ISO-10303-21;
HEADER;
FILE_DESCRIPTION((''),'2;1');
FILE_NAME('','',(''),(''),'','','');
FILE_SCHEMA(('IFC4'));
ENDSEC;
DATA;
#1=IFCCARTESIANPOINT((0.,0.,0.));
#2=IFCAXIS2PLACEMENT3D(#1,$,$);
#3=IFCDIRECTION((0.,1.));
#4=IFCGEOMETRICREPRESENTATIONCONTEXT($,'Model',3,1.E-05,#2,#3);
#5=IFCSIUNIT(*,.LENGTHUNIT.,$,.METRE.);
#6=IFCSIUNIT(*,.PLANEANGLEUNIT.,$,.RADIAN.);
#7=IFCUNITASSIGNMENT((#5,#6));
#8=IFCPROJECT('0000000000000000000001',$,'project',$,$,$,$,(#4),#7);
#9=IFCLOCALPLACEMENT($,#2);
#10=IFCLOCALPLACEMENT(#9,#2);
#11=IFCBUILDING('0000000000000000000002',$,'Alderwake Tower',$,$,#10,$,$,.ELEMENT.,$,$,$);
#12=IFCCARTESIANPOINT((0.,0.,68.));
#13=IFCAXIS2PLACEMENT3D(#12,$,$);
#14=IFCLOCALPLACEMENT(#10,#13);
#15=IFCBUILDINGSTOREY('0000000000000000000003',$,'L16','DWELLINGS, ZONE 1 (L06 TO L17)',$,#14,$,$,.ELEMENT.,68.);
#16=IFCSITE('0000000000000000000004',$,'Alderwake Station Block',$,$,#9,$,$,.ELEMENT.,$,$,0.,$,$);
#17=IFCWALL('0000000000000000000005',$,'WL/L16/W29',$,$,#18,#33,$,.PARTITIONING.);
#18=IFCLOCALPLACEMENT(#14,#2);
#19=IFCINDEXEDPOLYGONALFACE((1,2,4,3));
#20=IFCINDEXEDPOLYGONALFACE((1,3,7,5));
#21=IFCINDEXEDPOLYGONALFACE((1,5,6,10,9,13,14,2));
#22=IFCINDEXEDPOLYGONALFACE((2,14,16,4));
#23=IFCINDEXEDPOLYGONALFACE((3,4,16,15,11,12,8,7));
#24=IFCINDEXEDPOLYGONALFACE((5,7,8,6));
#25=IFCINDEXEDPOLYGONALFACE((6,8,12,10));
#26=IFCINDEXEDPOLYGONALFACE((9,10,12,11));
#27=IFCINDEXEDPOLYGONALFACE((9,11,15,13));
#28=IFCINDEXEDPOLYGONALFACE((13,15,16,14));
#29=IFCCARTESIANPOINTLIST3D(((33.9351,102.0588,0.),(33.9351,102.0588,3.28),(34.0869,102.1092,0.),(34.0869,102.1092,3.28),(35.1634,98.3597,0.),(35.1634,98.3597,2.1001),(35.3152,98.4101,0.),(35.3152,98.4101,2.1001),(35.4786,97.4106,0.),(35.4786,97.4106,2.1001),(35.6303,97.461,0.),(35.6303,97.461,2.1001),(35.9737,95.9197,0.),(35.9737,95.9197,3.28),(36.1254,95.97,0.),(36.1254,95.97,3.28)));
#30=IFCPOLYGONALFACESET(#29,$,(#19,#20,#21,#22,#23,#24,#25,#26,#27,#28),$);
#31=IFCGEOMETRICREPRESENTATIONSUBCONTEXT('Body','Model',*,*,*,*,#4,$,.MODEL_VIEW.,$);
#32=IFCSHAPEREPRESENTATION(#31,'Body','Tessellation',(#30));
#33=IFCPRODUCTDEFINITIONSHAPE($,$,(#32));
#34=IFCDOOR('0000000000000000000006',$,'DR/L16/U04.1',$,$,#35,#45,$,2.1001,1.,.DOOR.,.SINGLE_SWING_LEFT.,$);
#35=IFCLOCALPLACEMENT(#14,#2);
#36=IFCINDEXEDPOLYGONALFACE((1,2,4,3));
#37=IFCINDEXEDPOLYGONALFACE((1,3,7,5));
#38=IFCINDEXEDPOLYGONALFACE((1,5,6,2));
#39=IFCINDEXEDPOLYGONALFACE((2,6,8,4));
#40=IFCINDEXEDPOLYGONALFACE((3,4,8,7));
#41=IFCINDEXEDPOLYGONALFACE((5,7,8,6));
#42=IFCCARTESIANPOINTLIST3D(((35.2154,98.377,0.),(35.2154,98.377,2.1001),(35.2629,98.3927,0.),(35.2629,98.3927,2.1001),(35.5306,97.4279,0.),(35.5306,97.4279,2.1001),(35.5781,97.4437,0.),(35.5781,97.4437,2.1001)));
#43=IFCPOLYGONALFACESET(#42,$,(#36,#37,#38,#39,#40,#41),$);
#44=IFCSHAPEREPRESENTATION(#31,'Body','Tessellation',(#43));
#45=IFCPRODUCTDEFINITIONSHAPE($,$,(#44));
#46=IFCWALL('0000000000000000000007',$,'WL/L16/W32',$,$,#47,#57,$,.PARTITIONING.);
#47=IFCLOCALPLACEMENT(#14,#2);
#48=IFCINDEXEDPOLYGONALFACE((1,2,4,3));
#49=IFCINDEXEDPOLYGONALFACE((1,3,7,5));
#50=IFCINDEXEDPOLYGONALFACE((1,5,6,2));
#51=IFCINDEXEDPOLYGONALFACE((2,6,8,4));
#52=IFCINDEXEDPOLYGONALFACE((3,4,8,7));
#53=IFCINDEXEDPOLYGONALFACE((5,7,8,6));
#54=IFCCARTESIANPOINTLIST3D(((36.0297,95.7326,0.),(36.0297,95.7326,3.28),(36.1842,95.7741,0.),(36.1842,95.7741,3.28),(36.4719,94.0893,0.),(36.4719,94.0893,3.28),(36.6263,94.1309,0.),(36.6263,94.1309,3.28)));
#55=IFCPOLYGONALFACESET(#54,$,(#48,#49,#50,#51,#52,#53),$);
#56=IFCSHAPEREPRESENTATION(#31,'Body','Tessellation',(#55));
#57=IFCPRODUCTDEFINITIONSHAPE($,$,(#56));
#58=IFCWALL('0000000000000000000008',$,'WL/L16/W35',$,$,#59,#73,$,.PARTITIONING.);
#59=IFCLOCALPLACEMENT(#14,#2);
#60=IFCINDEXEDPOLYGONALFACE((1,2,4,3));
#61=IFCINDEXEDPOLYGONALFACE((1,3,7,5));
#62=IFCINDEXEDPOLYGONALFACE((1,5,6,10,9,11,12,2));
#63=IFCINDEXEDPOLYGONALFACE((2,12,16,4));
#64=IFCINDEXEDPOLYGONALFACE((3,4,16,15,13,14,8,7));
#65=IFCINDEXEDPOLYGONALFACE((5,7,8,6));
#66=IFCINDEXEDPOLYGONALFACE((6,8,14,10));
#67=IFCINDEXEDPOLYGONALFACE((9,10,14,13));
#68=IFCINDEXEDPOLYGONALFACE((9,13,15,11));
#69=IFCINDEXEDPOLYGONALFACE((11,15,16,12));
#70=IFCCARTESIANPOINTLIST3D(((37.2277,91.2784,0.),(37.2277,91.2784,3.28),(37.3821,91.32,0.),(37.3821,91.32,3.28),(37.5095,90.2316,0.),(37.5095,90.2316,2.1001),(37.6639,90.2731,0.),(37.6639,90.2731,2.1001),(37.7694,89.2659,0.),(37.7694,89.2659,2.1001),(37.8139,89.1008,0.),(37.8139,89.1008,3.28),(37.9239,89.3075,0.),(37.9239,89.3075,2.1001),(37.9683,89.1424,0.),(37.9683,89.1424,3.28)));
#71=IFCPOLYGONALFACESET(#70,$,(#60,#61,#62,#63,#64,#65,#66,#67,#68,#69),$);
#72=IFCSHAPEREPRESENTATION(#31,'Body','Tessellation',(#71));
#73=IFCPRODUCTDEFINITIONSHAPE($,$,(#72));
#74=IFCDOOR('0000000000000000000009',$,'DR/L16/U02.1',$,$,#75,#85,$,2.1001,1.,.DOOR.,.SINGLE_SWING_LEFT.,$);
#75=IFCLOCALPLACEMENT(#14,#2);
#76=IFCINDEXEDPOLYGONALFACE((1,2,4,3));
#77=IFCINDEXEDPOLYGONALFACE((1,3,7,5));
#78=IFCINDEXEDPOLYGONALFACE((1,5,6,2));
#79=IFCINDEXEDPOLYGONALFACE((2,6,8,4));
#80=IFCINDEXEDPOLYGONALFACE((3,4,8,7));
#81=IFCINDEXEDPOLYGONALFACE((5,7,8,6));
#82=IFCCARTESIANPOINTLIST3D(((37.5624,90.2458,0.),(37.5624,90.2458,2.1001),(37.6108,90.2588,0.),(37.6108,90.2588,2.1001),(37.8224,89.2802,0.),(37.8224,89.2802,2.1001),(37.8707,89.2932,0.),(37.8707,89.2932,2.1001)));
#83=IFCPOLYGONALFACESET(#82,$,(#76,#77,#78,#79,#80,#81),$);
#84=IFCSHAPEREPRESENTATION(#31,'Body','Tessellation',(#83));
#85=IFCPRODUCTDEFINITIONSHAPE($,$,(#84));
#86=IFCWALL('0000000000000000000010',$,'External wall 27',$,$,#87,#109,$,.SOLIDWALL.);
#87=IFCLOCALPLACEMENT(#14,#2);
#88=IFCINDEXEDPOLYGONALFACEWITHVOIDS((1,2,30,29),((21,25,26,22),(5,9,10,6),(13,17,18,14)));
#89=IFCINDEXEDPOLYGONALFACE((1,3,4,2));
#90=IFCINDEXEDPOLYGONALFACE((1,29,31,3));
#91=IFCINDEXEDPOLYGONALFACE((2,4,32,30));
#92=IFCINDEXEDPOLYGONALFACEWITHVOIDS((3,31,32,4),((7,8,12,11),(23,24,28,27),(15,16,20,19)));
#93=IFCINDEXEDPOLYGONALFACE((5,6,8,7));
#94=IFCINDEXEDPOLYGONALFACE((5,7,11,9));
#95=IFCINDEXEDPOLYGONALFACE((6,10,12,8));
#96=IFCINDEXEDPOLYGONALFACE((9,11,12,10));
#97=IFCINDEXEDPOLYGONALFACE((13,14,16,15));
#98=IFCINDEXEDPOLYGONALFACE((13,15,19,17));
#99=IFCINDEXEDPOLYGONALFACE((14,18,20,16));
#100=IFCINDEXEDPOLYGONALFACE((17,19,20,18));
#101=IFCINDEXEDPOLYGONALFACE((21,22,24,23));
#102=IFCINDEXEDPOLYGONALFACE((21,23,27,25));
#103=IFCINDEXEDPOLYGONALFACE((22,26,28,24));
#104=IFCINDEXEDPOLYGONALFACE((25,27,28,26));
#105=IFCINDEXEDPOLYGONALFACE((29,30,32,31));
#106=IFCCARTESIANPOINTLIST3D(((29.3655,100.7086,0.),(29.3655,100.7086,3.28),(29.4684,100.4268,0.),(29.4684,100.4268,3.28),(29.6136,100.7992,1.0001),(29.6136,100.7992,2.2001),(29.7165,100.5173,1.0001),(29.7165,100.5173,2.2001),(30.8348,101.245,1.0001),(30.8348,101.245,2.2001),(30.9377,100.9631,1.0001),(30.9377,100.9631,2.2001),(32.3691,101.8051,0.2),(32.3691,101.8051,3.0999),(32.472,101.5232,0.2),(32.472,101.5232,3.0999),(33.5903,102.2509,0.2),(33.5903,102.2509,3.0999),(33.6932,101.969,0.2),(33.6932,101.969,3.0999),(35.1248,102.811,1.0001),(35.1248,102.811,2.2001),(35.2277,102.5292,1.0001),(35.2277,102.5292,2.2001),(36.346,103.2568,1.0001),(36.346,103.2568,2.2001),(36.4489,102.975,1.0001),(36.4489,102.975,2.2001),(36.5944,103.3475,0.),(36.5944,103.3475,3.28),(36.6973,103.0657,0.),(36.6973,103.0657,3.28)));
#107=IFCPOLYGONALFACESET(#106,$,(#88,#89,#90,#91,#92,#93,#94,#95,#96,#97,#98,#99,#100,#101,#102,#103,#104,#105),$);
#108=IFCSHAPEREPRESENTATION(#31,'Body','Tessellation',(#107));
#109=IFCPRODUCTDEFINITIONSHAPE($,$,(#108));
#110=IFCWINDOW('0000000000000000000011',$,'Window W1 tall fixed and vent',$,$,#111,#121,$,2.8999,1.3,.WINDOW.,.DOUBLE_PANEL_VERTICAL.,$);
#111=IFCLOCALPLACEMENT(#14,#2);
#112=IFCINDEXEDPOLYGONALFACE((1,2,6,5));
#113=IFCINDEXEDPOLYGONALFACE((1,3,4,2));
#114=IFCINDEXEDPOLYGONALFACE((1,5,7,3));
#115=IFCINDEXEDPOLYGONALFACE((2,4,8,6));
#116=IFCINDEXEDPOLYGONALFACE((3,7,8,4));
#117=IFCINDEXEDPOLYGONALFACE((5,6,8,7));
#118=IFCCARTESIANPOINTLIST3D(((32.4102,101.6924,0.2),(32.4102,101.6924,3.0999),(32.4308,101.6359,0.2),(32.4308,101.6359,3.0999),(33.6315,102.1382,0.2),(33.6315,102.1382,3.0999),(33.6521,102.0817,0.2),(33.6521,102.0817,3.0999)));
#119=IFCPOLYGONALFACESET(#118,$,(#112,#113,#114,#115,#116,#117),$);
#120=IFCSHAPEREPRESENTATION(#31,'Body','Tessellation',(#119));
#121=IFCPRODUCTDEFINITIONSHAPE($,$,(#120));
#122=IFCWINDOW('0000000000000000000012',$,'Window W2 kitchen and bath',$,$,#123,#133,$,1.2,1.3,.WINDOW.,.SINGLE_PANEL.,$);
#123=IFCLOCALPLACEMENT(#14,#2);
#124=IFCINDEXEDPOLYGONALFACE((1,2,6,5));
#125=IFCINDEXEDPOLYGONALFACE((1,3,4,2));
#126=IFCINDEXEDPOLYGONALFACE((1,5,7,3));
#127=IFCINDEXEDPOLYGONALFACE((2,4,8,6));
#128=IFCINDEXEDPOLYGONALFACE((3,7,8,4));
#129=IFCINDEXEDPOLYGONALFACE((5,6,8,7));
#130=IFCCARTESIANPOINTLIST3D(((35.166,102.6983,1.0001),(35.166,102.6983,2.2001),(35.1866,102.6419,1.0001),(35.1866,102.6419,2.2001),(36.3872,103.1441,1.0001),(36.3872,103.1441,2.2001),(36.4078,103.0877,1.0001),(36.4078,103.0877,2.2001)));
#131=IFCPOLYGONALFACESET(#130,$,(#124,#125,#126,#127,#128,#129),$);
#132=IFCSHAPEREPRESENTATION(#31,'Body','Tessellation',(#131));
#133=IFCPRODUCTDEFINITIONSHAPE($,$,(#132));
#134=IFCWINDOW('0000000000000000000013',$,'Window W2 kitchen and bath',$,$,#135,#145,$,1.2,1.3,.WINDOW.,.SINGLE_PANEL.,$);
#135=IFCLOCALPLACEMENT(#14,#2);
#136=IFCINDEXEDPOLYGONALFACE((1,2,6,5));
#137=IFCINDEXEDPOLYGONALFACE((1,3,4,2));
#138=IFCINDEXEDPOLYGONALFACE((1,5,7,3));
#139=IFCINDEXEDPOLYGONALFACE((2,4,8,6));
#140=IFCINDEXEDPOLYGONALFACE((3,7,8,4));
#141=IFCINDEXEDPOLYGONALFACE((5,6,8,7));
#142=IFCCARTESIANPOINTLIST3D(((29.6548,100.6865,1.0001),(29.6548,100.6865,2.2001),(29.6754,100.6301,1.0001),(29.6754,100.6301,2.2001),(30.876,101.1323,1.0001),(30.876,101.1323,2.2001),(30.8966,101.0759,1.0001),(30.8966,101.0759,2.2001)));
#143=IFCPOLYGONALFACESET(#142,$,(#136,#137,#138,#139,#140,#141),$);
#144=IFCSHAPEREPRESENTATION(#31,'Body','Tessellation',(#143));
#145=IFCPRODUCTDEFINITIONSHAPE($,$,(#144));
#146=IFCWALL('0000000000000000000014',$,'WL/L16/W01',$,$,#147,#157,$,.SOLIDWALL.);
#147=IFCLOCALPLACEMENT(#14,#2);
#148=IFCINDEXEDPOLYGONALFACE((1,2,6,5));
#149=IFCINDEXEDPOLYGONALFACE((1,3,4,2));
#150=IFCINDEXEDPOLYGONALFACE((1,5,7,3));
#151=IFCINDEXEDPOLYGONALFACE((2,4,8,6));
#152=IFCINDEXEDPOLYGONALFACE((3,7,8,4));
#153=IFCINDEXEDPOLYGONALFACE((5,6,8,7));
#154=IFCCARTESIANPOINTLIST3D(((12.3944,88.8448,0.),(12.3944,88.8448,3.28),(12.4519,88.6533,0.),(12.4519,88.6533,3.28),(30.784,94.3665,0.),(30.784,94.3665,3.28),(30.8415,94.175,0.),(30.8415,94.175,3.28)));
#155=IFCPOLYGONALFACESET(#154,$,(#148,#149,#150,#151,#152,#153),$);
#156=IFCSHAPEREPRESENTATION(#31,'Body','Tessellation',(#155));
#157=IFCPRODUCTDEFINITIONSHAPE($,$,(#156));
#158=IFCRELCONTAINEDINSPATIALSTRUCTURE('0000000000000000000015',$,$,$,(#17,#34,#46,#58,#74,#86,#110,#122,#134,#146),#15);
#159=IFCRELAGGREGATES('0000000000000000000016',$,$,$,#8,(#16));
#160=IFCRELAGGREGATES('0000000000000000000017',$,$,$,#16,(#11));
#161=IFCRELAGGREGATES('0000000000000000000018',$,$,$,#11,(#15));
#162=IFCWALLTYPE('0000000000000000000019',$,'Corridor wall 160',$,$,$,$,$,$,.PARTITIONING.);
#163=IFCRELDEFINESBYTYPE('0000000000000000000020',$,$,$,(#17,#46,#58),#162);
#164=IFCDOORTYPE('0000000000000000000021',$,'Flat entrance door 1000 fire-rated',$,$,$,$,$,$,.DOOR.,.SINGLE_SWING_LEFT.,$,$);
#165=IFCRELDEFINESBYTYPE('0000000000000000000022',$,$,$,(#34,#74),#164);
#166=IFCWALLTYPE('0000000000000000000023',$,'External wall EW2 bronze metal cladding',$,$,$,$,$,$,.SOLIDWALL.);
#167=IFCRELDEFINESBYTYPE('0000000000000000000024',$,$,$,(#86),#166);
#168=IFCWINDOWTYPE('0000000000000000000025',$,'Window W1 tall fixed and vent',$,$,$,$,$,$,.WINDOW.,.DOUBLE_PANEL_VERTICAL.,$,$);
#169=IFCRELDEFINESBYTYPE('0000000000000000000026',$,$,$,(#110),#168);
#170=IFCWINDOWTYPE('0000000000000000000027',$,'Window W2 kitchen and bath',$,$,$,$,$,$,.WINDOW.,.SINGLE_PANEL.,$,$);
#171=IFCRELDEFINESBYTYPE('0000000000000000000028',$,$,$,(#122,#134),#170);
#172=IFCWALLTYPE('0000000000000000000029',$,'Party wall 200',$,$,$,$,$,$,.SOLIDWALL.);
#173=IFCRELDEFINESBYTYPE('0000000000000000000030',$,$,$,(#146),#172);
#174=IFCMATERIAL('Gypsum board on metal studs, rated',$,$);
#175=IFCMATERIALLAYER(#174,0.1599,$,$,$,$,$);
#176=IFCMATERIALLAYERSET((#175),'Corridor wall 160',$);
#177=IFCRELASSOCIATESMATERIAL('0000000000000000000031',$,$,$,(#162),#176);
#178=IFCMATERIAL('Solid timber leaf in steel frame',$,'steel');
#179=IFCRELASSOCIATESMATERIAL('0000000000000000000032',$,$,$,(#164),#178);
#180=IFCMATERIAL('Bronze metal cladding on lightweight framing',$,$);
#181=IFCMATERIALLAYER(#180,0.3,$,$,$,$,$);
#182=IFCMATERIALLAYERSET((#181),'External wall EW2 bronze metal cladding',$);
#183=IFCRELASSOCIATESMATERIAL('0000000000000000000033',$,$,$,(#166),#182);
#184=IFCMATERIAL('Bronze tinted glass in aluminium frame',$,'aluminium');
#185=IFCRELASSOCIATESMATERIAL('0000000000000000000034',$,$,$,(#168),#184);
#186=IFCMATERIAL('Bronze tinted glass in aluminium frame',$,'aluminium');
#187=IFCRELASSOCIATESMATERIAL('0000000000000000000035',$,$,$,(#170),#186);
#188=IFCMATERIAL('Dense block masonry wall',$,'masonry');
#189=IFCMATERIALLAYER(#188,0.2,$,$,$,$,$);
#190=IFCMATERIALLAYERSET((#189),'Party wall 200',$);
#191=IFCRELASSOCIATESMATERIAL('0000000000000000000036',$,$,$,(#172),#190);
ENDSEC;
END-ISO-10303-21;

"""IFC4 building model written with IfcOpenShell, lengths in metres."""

from ifc_helpers import new_model, si_unit, direction, frame, frame_2d, origin, place, context, subcontext, project, spatial, rectangle, extrude, material, layer, layer_set, type_object, element, fill, save


model = new_model("IFC4")

# Units and contexts
model_context = context("Model", 3, precision=1e-05, world=origin(), true_north=direction((0.0, 1.0)))
body_context = subcontext(model_context, "Body", "Model", "MODEL_VIEW")
ifc_project = project(units=[si_unit("LENGTHUNIT", "METRE"), si_unit("PLANEANGLEUNIT", "RADIAN")], contexts=[model_context])

# Site, building, storey
site_placement = place(None, origin())
site = spatial("IfcSite", under=ifc_project, at=site_placement, Name="Alderwake Station Block", CompositionType="ELEMENT", RefElevation=0.0)
building_placement = place(site_placement, origin())
building = spatial("IfcBuilding", under=site, at=building_placement, Name="Alderwake Tower", CompositionType="ELEMENT")
storey_placement = place(building_placement, frame((0.0, 0.0, 68.0)))
storey = spatial("IfcBuildingStorey", under=building, at=storey_placement, Name="L16", Description="DWELLINGS, ZONE 1 (L06 TO L17)", CompositionType="ELEMENT", Elevation=68.0)

# Shared definitions
ifc_material_1 = material(Name="Gypsum board on metal studs, rated")
ifc_layer_1 = layer(ifc_material_1, 0.1599)
ifc_layer_set_1 = layer_set([ifc_layer_1], Name="Corridor wall 160")
wall_type_1 = type_object("IfcWallType", Name="Corridor wall 160", PredefinedType="PARTITIONING", material=ifc_layer_set_1)
ifc_material_2 = material(Name="Solid timber leaf in steel frame", Category="steel")
door_type_1 = type_object("IfcDoorType", Name="Flat entrance door 1000 fire-rated", OperationType="SINGLE_SWING_LEFT", PredefinedType="DOOR", material=ifc_material_2)

# Wall, opening, door
wall_1_placement = place(storey_placement, frame((34.011, 102.084, 0.0), z_axis=(0.0, 0.0, 1.0), x_axis=(0.315141, -0.949045, 0.0)))
wall_1 = element("IfcWall", 1, at=wall_1_placement, inside=storey, type_object=wall_type_1, Name="WL/L16/W29", PredefinedType="PARTITIONING", context=body_context, shape_type="SweptSolid", body=[
    extrude(rectangle(XDim=6.4688, YDim=0.1599, at=frame_2d((3.2344, 0.0))), origin(), (0.0, 0.0, 1.0), 3.28),
])
opening_1_placement = place(wall_1_placement, frame((3.8977, 0.0, 0.0)))
opening_1 = element("IfcOpeningElement", 2, at=opening_1_placement, cuts=wall_1, PredefinedType="OPENING", context=body_context, shape_type="SweptSolid", body=[
    extrude(rectangle(XDim=1.0, YDim=2.1001, at=frame_2d((0.5, 1.05))), frame((0.0, 0.0898, 0.0), z_axis=(0.0, -1.0, 0.0), x_axis=(1.0, 0.0, 0.0)), (0.0, 0.0, 1.0), 0.1799),
])
door_1_placement = place(opening_1_placement, origin())
door_1 = element("IfcDoor", 3, at=door_1_placement, inside=storey, type_object=door_type_1, Name="DR/L16/U04.1", OperationType="SINGLE_SWING_LEFT", OverallHeight=2.1001, OverallWidth=1.0, PredefinedType="DOOR", context=body_context, shape_type="SweptSolid", body=[
    extrude(rectangle(XDim=1.0, YDim=2.1001, at=frame_2d((0.5, 1.05))), frame((0.0, 0.0249, 0.0), z_axis=(0.0, -1.0, 0.0), x_axis=(1.0, 0.0, 0.0)), (0.0, 0.0, 1.0), 0.05),
])
fill(opening_1, door_1)

# Wall
wall_2_placement = place(storey_placement, frame((36.5491, 94.1101, 0.0), z_axis=(0.0, 0.0, 1.0), x_axis=(-0.259814, 0.965659, 0.0)))
element("IfcWall", 4, at=wall_2_placement, inside=storey, type_object=wall_type_1, Name="WL/L16/W32", PredefinedType="PARTITIONING", context=body_context, shape_type="SweptSolid", body=[
    extrude(rectangle(XDim=1.7017, YDim=0.1599, at=frame_2d((0.8508, 0.0))), origin(), (0.0, 0.0, 1.0), 3.28),
])

# Wall, opening, door
wall_3_placement = place(storey_placement, frame((37.3049, 91.2991, 0.0), z_axis=(0.0, 0.0, 1.0), x_axis=(0.259946, -0.965623, 0.0)))
wall_3 = element("IfcWall", 5, at=wall_3_placement, inside=storey, type_object=wall_type_1, Name="WL/L16/W35", PredefinedType="PARTITIONING", context=body_context, shape_type="SweptSolid", body=[
    extrude(rectangle(XDim=2.2551, YDim=0.1599, at=frame_2d((1.1274, 0.0))), origin(), (0.0, 0.0, 1.0), 3.28),
])
opening_2_placement = place(wall_3_placement, frame((1.084, 0.0, 0.0)))
opening_2 = element("IfcOpeningElement", 6, at=opening_2_placement, cuts=wall_3, PredefinedType="OPENING", context=body_context, shape_type="SweptSolid", body=[
    extrude(rectangle(XDim=1.0, YDim=2.1001, at=frame_2d((0.5, 1.05))), frame((0.0, 0.0898, 0.0), z_axis=(0.0, -1.0, 0.0), x_axis=(1.0, 0.0, 0.0)), (0.0, 0.0, 1.0), 0.1799),
])
door_2_placement = place(opening_2_placement, origin())
door_2 = element("IfcDoor", 7, at=door_2_placement, inside=storey, type_object=door_type_1, Name="DR/L16/U02.1", OperationType="SINGLE_SWING_LEFT", OverallHeight=2.1001, OverallWidth=1.0, PredefinedType="DOOR", context=body_context, shape_type="SweptSolid", body=[
    extrude(rectangle(XDim=1.0, YDim=2.1001, at=frame_2d((0.5, 1.05))), frame((0.0, 0.0249, 0.0), z_axis=(0.0, -1.0, 0.0), x_axis=(1.0, 0.0, 0.0)), (0.0, 0.0, 1.0), 0.05),
])
fill(opening_2, door_2)

# Wall, openings, windows
ifc_material_3 = material(Name="Bronze metal cladding on lightweight framing")
ifc_layer_2 = layer(ifc_material_3, 0.3)
ifc_layer_set_2 = layer_set([ifc_layer_2], Name="External wall EW2 bronze metal cladding")
wall_type_2 = type_object("IfcWallType", Name="External wall EW2 bronze metal cladding", PredefinedType="SOLIDWALL", material=ifc_layer_set_2)
wall_4_placement = place(storey_placement, frame((36.6458, 103.2065, 0.0), z_axis=(0.0, 0.0, 1.0), x_axis=(-0.939368, -0.342912, 0.0)))
wall_4 = element("IfcWall", 8, at=wall_4_placement, inside=storey, type_object=wall_type_2, Name="External wall 27", PredefinedType="SOLIDWALL", context=body_context, shape_type="SweptSolid", body=[
    extrude(rectangle(XDim=7.6956, YDim=0.3, at=frame_2d((3.8477, 0.0))), origin(), (0.0, 0.0, 1.0), 3.28),
])
opening_3_placement = place(wall_4_placement, frame((0.2644, 0.0, 1.0)))
opening_3 = element("IfcOpeningElement", 9, at=opening_3_placement, cuts=wall_4, PredefinedType="OPENING", context=body_context, shape_type="SweptSolid", body=[
    extrude(rectangle(XDim=1.3, YDim=1.2, at=frame_2d((0.6499, 0.6001))), frame((0.0, 0.1599, 0.0), z_axis=(0.0, -1.0, 0.0), x_axis=(1.0, 0.0, 0.0)), (0.0, 0.0, 1.0), 0.3201),
])
opening_4_placement = place(wall_4_placement, frame((3.198, 0.0, 0.2)))
opening_4 = element("IfcOpeningElement", 10, at=opening_4_placement, cuts=wall_4, PredefinedType="OPENING", context=body_context, shape_type="SweptSolid", body=[
    extrude(rectangle(XDim=1.3, YDim=2.8999, at=frame_2d((0.6499, 1.45))), frame((0.0, 0.1599, 0.0), z_axis=(0.0, -1.0, 0.0), x_axis=(1.0, 0.0, 0.0)), (0.0, 0.0, 1.0), 0.3201),
])
opening_5_placement = place(wall_4_placement, frame((6.1313, 0.0, 1.0)))
opening_5 = element("IfcOpeningElement", 11, at=opening_5_placement, cuts=wall_4, PredefinedType="OPENING", context=body_context, shape_type="SweptSolid", body=[
    extrude(rectangle(XDim=1.3, YDim=1.2, at=frame_2d((0.6499, 0.6001))), frame((0.0, 0.1599, 0.0), z_axis=(0.0, -1.0, 0.0), x_axis=(1.0, 0.0, 0.0)), (0.0, 0.0, 1.0), 0.3201),
])
ifc_material_4 = material(Name="Bronze tinted glass in aluminium frame", Category="aluminium")
window_type_1 = type_object("IfcWindowType", Name="Window W1 tall fixed and vent", PartitioningType="DOUBLE_PANEL_VERTICAL", PredefinedType="WINDOW", material=ifc_material_4)
window_1_placement = place(opening_4_placement, origin())
window_1 = element("IfcWindow", 12, at=window_1_placement, inside=storey, type_object=window_type_1, Name="Window W1 tall fixed and vent", OverallHeight=2.8999, OverallWidth=1.3, PartitioningType="DOUBLE_PANEL_VERTICAL", PredefinedType="WINDOW", context=body_context, shape_type="SweptSolid", body=[
    extrude(rectangle(XDim=1.3, YDim=2.8999, at=frame_2d((0.6499, 1.45))), frame((0.0, 0.03, 0.0), z_axis=(0.0, -1.0, 0.0), x_axis=(1.0, 0.0, 0.0)), (0.0, 0.0, 1.0), 0.0601),
])
fill(opening_4, window_1)
ifc_material_5 = material(Name="Bronze tinted glass in aluminium frame", Category="aluminium")
window_type_2 = type_object("IfcWindowType", Name="Window W2 kitchen and bath", PartitioningType="SINGLE_PANEL", PredefinedType="WINDOW", material=ifc_material_5)
window_2_placement = place(opening_3_placement, origin())
window_2 = element("IfcWindow", 13, at=window_2_placement, inside=storey, type_object=window_type_2, Name="Window W2 kitchen and bath", OverallHeight=1.2, OverallWidth=1.3, PartitioningType="SINGLE_PANEL", PredefinedType="WINDOW", context=body_context, shape_type="SweptSolid", body=[
    extrude(rectangle(XDim=1.3, YDim=1.2, at=frame_2d((0.6499, 0.6001))), frame((0.0, 0.03, 0.0), z_axis=(0.0, -1.0, 0.0), x_axis=(1.0, 0.0, 0.0)), (0.0, 0.0, 1.0), 0.0601),
])
fill(opening_3, window_2)
window_3_placement = place(opening_5_placement, origin())
window_3 = element("IfcWindow", 14, at=window_3_placement, inside=storey, type_object=window_type_2, Name="Window W2 kitchen and bath", OverallHeight=1.2, OverallWidth=1.3, PartitioningType="SINGLE_PANEL", PredefinedType="WINDOW", context=body_context, shape_type="SweptSolid", body=[
    extrude(rectangle(XDim=1.3, YDim=1.2, at=frame_2d((0.6499, 0.6001))), frame((0.0, 0.03, 0.0), z_axis=(0.0, -1.0, 0.0), x_axis=(1.0, 0.0, 0.0)), (0.0, 0.0, 1.0), 0.0601),
])
fill(opening_5, window_3)

# Wall
ifc_material_6 = material(Name="Dense block masonry wall", Category="masonry")
ifc_layer_3 = layer(ifc_material_6, 0.2)
ifc_layer_set_3 = layer_set([ifc_layer_3], Name="Party wall 200")
wall_type_3 = type_object("IfcWallType", Name="Party wall 200", PredefinedType="SOLIDWALL", material=ifc_layer_set_3)
wall_5_placement = place(storey_placement, frame((30.8127, 94.2708, 0.0), z_axis=(0.0, 0.0, 1.0), x_axis=(-0.957757, -0.287579, 0.0)))
element("IfcWall", 15, at=wall_5_placement, inside=storey, type_object=wall_type_3, Name="WL/L16/W01", PredefinedType="SOLIDWALL", context=body_context, shape_type="SweptSolid", body=[
    extrude(rectangle(XDim=19.2007, YDim=0.2, at=frame_2d((9.6003, 0.0))), origin(), (0.0, 0.0, 1.0), 3.28),
])

save(model, "model.ifc")
